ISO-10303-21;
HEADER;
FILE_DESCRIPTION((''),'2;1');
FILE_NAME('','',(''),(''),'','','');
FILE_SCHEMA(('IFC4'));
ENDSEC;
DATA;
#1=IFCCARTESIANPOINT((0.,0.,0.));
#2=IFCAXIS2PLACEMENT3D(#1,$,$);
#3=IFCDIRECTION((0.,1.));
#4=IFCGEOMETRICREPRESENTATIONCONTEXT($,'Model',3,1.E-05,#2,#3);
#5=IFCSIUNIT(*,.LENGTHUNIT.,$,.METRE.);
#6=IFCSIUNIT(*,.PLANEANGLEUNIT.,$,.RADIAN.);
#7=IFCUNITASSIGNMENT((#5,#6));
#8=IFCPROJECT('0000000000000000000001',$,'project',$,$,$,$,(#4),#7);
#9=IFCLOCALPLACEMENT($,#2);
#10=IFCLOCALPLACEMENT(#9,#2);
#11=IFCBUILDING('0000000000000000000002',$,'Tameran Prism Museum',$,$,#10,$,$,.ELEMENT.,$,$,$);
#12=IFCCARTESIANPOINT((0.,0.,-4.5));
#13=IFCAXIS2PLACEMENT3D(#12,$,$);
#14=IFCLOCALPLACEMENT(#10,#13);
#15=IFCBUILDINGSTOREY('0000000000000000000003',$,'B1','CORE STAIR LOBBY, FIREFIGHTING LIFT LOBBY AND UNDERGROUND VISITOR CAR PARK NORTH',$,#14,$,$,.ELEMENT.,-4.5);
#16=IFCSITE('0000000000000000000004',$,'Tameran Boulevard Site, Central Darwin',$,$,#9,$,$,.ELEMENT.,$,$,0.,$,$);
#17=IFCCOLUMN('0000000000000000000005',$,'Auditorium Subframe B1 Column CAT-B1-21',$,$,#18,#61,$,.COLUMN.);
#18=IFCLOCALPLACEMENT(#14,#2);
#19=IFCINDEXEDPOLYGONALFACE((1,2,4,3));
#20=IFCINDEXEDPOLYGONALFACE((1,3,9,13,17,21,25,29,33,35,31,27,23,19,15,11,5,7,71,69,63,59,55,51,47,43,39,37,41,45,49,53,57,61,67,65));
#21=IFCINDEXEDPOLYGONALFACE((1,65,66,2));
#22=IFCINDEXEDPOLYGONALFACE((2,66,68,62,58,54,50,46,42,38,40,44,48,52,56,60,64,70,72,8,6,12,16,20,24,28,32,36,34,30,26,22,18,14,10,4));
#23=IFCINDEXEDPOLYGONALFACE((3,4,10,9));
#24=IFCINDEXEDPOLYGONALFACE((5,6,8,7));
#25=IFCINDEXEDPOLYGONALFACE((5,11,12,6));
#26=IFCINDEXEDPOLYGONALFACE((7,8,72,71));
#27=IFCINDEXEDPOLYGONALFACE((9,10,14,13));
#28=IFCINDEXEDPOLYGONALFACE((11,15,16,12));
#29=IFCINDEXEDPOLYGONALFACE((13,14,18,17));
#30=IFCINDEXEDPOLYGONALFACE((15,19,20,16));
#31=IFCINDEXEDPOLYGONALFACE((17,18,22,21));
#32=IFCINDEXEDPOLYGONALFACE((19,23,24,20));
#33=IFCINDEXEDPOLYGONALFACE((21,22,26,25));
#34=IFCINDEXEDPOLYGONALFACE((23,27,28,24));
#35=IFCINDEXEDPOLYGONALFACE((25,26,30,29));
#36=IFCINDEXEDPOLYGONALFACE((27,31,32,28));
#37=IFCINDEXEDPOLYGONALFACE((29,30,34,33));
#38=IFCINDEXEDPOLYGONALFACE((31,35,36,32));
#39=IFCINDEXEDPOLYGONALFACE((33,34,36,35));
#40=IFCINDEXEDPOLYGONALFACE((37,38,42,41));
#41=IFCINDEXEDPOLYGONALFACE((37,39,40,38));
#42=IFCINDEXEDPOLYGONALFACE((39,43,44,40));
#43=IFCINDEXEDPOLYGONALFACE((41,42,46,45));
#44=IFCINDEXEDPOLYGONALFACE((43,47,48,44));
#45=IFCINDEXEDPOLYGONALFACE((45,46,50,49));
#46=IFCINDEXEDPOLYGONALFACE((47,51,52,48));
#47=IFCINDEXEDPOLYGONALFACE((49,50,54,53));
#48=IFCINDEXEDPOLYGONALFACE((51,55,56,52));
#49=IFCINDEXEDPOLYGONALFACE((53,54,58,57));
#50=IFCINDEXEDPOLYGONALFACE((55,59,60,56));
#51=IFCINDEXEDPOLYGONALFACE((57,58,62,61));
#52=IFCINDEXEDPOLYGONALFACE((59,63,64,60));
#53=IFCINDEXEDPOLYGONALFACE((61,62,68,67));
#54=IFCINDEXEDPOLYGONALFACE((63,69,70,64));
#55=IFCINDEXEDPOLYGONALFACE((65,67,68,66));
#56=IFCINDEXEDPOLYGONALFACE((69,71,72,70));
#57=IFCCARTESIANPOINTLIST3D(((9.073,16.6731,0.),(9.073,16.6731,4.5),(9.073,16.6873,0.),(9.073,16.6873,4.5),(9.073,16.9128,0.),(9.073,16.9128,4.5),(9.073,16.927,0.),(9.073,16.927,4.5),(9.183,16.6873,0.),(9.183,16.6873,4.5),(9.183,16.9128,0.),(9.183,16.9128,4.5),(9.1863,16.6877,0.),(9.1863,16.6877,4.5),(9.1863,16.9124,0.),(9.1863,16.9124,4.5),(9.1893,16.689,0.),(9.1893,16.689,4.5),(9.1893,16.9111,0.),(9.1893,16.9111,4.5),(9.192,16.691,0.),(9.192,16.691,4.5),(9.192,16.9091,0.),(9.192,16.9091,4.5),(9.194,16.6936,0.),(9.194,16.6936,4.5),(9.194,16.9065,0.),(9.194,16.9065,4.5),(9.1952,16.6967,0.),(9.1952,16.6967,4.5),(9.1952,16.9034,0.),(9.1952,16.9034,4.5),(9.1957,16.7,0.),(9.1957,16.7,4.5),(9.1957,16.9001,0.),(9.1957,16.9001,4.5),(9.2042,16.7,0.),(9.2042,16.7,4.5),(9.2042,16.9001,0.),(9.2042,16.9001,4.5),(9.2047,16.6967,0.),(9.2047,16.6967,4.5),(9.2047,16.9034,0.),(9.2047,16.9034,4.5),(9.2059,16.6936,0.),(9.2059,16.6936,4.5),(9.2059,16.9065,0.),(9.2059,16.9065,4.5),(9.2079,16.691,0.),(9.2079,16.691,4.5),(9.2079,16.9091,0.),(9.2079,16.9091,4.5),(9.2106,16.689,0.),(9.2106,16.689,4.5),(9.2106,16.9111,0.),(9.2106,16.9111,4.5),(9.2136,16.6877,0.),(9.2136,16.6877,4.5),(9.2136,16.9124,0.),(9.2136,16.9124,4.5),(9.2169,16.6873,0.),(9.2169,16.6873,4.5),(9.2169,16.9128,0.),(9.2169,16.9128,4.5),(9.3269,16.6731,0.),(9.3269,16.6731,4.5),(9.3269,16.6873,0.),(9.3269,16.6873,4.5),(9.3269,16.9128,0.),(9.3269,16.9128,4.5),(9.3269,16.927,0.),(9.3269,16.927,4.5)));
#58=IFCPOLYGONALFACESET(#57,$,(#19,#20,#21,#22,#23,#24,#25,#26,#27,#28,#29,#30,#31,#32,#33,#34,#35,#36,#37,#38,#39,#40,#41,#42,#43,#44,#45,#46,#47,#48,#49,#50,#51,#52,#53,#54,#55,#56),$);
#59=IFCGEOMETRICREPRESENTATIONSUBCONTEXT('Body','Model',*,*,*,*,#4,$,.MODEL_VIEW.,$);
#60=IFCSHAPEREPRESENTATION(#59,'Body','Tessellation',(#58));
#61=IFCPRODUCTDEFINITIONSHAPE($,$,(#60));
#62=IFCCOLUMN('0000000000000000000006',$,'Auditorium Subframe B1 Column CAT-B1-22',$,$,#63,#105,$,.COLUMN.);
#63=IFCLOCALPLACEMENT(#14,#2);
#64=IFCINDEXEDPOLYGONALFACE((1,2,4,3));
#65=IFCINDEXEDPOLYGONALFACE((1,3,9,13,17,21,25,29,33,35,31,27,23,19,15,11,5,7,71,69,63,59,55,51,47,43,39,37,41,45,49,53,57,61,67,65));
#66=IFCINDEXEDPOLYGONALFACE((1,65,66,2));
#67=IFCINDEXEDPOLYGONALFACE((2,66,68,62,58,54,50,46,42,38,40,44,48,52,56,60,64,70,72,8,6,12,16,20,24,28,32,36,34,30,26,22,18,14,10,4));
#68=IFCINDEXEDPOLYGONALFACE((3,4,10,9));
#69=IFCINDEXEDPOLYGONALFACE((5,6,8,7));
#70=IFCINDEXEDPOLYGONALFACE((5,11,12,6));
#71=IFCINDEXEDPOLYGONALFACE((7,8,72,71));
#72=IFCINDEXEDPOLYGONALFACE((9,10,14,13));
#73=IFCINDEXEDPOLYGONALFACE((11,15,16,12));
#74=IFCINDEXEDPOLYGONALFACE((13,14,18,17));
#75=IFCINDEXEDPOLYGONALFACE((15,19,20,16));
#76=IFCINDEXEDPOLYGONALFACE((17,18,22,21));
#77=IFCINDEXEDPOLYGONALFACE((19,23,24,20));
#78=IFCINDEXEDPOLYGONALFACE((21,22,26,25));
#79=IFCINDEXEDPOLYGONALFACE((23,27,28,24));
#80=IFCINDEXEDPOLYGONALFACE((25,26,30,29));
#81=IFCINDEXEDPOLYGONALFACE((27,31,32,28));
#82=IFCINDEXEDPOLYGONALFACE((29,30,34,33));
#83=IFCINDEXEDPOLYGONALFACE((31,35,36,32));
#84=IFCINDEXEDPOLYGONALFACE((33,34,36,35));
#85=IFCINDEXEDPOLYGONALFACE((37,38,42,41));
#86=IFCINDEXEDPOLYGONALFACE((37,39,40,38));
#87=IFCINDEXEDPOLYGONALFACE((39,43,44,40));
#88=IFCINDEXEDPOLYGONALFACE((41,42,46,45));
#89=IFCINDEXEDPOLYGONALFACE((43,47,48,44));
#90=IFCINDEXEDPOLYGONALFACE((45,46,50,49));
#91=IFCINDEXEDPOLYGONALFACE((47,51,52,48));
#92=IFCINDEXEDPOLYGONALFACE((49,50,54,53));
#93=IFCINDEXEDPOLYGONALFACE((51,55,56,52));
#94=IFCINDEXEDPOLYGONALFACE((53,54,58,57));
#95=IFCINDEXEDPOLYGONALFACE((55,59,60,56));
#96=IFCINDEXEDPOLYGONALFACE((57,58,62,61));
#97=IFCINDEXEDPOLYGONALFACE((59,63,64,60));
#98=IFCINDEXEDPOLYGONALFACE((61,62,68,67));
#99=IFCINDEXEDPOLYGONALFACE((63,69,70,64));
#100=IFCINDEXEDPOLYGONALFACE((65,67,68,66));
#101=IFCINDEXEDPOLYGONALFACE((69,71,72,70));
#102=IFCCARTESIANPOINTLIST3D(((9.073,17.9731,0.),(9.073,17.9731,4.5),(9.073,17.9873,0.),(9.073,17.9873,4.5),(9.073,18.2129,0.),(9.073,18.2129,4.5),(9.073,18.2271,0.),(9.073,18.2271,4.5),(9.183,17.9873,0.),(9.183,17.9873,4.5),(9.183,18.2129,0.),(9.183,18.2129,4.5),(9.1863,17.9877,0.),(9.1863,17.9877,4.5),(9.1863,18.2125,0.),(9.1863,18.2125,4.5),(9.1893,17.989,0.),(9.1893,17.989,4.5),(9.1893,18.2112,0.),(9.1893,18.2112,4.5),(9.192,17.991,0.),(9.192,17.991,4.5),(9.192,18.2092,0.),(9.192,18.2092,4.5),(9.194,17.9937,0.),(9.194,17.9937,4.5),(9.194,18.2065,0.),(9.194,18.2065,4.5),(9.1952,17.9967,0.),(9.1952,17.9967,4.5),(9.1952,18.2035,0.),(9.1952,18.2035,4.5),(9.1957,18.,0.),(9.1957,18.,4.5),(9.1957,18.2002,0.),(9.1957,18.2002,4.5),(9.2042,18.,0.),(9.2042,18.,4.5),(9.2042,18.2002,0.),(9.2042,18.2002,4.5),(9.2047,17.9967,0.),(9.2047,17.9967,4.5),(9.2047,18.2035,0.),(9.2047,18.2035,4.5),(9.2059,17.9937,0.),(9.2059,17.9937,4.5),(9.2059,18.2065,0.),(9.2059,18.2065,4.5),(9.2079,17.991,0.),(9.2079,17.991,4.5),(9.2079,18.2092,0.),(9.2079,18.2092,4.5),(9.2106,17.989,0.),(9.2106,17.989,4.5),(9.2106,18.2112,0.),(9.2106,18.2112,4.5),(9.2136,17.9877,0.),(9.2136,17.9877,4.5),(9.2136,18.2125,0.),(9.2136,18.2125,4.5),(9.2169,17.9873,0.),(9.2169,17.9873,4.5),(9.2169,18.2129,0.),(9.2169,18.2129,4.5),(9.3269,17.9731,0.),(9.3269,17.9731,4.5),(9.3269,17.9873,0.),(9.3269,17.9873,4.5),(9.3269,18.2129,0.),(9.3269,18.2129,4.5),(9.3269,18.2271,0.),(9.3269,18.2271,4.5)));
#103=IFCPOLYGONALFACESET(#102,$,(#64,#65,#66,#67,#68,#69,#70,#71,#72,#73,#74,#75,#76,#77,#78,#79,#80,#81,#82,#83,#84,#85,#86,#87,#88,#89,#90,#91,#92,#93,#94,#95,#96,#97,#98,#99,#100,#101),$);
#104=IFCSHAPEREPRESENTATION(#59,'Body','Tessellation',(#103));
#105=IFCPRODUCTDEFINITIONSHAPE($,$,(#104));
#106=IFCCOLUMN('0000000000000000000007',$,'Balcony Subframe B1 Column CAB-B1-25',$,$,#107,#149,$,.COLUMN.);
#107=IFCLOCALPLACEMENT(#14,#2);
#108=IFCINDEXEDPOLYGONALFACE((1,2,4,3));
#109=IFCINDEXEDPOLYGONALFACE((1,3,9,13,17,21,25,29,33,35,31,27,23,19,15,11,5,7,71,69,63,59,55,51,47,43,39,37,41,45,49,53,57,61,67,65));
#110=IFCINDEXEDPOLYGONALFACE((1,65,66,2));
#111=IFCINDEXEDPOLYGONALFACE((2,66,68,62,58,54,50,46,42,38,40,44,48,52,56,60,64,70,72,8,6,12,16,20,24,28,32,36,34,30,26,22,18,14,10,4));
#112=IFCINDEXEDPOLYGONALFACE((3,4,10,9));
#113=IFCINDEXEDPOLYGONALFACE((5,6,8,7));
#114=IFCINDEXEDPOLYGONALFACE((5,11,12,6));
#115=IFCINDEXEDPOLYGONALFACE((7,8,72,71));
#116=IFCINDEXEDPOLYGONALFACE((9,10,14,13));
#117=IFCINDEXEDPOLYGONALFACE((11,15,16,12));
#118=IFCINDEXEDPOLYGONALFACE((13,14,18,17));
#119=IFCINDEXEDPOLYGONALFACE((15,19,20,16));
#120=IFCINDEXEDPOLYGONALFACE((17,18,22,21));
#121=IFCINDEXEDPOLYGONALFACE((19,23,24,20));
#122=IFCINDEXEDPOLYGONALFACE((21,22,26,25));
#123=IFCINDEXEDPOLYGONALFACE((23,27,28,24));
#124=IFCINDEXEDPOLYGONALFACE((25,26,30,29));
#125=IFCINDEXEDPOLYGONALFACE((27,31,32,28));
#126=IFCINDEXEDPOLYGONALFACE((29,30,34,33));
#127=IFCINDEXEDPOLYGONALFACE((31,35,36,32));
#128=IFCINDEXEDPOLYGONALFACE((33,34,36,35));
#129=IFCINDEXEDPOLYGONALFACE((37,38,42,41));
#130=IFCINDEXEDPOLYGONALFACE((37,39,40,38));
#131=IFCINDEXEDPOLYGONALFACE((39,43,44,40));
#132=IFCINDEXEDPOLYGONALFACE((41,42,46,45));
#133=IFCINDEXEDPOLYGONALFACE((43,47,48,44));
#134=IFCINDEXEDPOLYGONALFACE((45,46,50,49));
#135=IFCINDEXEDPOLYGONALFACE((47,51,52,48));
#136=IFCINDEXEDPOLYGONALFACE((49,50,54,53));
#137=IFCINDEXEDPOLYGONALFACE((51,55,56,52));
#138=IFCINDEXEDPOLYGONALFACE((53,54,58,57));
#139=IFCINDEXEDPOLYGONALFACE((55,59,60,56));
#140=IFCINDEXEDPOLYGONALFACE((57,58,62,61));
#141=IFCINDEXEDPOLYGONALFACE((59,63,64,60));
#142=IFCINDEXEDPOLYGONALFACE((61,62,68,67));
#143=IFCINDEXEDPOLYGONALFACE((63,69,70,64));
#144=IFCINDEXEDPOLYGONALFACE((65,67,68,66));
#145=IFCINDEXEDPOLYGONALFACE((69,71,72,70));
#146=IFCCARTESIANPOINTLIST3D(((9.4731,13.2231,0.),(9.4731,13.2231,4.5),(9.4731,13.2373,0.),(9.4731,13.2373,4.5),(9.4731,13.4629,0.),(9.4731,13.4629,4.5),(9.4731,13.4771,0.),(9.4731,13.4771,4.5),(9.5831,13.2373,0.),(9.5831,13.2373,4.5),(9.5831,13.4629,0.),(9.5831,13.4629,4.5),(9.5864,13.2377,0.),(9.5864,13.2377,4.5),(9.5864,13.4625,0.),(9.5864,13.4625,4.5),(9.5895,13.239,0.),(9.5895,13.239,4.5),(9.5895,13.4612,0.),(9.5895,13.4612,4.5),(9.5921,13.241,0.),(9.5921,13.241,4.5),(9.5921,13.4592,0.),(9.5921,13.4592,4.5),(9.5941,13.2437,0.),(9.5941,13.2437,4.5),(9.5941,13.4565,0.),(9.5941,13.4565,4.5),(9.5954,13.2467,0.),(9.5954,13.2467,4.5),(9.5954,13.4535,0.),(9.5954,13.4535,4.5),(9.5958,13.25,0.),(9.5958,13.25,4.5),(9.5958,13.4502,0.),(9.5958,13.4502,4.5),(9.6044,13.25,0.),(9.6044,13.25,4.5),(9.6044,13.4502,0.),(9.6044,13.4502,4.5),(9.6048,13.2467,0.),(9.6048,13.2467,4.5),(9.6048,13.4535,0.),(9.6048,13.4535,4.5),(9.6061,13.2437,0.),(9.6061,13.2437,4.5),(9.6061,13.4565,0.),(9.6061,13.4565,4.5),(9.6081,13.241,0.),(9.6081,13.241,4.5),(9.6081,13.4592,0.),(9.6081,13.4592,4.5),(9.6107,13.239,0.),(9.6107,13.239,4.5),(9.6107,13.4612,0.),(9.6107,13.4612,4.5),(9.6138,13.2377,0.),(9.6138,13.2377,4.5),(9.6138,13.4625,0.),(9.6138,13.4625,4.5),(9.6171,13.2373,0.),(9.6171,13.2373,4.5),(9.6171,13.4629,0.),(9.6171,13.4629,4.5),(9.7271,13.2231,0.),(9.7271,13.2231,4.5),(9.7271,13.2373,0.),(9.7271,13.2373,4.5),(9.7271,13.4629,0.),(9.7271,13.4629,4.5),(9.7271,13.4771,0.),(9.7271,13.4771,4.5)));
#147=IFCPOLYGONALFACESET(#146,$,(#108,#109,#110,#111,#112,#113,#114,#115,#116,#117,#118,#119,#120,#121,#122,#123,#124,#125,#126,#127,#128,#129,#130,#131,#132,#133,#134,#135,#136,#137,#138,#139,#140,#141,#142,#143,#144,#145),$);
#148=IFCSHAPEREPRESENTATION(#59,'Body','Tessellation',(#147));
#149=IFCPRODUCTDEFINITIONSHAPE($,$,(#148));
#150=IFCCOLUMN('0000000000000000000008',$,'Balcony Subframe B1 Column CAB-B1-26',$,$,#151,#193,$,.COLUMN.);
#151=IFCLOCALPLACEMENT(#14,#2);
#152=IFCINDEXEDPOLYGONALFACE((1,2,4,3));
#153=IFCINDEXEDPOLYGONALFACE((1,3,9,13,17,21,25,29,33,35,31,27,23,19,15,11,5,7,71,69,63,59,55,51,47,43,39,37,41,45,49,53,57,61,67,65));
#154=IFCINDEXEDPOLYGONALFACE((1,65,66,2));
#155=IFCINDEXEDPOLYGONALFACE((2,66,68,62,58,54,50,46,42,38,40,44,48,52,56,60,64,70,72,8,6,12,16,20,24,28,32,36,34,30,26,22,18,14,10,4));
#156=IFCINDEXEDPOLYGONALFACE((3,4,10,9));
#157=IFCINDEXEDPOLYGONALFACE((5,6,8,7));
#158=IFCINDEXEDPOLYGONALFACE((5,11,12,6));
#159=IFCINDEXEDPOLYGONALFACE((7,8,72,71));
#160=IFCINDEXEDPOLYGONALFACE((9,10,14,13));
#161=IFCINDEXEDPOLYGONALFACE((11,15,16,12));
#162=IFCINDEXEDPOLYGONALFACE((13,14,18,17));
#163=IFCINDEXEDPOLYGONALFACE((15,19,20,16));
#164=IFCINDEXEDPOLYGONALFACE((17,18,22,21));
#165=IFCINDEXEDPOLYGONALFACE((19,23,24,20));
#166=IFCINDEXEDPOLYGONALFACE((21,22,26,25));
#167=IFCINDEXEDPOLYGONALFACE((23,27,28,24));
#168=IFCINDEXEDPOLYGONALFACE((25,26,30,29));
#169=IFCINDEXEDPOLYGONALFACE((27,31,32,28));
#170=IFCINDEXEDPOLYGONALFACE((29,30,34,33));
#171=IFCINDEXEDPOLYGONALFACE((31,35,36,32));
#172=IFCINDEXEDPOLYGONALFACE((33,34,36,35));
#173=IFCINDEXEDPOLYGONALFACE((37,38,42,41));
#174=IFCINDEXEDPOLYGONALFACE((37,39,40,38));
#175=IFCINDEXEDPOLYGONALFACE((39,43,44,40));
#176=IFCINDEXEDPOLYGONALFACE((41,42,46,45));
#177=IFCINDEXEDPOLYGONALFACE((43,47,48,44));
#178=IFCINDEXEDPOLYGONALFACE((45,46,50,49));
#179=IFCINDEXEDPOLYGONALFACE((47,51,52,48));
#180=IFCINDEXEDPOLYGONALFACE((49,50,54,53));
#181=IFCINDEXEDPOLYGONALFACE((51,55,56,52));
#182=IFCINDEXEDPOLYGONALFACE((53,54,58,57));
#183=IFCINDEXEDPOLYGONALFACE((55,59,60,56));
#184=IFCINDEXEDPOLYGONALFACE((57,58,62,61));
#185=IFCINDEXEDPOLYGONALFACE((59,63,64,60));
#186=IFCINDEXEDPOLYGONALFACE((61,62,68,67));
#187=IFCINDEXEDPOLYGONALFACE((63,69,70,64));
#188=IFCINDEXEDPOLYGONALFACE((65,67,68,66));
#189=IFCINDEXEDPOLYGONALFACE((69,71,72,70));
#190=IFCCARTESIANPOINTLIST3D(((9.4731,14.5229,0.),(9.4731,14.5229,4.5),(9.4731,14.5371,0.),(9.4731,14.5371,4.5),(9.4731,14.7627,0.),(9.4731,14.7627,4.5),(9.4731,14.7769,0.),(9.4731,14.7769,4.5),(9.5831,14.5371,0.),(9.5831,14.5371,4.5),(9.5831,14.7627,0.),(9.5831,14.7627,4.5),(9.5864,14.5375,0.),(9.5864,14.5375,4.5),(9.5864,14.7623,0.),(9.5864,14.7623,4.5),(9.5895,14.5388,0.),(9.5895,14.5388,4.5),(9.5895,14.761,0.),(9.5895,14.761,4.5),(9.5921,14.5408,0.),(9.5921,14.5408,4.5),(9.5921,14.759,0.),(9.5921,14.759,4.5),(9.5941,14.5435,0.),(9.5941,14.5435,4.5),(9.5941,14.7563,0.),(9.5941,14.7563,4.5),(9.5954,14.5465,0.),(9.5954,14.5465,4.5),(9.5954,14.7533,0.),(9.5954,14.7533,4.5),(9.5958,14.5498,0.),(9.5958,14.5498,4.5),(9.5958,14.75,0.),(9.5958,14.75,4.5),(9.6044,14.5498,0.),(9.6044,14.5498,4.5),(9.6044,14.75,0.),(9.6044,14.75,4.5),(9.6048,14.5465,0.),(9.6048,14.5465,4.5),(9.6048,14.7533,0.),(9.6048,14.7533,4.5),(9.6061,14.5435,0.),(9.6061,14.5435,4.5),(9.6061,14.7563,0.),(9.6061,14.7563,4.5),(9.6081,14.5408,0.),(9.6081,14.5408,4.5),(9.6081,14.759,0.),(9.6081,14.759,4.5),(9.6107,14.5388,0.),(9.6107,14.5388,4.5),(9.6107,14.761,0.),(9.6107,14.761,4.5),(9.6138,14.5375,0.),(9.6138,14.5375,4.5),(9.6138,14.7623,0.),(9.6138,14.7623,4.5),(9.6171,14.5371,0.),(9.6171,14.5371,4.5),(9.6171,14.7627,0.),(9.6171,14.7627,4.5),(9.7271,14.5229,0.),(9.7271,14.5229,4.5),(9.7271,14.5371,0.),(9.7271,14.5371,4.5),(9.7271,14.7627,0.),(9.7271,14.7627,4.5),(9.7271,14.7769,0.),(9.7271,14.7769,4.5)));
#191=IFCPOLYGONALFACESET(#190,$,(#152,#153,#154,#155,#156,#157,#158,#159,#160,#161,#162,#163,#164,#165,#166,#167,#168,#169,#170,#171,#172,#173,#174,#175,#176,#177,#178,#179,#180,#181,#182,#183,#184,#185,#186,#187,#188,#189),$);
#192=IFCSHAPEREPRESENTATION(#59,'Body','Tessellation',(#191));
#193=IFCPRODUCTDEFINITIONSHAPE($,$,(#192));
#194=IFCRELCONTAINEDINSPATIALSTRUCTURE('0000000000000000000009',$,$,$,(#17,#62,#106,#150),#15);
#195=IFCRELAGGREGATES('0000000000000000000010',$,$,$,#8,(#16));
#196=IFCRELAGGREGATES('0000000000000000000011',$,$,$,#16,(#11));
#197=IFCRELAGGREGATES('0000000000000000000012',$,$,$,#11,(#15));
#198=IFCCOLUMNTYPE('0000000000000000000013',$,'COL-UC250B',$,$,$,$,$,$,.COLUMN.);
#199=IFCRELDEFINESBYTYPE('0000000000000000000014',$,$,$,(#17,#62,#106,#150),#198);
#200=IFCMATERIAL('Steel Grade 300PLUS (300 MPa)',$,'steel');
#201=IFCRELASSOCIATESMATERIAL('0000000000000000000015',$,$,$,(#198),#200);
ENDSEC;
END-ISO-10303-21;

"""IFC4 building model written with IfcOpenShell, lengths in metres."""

from ifc_helpers import new_model, si_unit, direction, frame, origin, origin_2d, place, context, subcontext, project, spatial, i_section, extrude, material, material_profile, profile_set, type_object, element, save


model = new_model("IFC4")

# Units and contexts
model_context = context("Model", 3, precision=1e-05, world=origin(), true_north=direction((0.0, 1.0)))
body_context = subcontext(model_context, "Body", "Model", "MODEL_VIEW")
ifc_project = project(units=[si_unit("LENGTHUNIT", "METRE"), si_unit("PLANEANGLEUNIT", "RADIAN")], contexts=[model_context])

# Site, building, storey
site_placement = place(None, origin())
site = spatial("IfcSite", under=ifc_project, at=site_placement, Name="Tameran Boulevard Site, Central Darwin", CompositionType="ELEMENT", RefElevation=0.0)
building_placement = place(site_placement, origin())
building = spatial("IfcBuilding", under=site, at=building_placement, Name="Tameran Prism Museum", CompositionType="ELEMENT")
storey_placement = place(building_placement, frame((0.0, 0.0, -4.5)))
storey = spatial("IfcBuildingStorey", under=building, at=storey_placement, Name="B1", Description="CORE STAIR LOBBY, FIREFIGHTING LIFT LOBBY AND UNDERGROUND VISITOR CAR PARK NORTH", CompositionType="ELEMENT", Elevation=-4.5)

# Columns
ifc_material_1 = material(Name="Steel Grade 300PLUS (300 MPa)", Category="steel")
ifc_material_profile_1 = material_profile(ifc_material_1, i_section(OverallWidth=0.2539, OverallDepth=0.2539, WebThickness=0.0085, FlangeThickness=0.0142, FilletRadius=0.0127, at=origin_2d()))
ifc_profile_set_1 = profile_set([ifc_material_profile_1])
column_type_1 = type_object("IfcColumnType", Name="COL-UC250B", PredefinedType="COLUMN", material=ifc_profile_set_1)
for number, where, z_axis, x_axis, name in (
    (1, (9.2, 16.8, 0.0), (0.0, 0.0, 1.0), (1.0, 0.0, 0.0), "Auditorium Subframe B1 Column CAT-B1-21"),
    (2, (9.2, 18.1001, 0.0), (0.0, 0.0, 1.0), (1.0, 0.0, 0.0), "Auditorium Subframe B1 Column CAT-B1-22"),
    (3, (9.6001, 13.3501, 0.0), (0.0, 0.0, 1.0), (1.0, 0.0, 0.0), "Balcony Subframe B1 Column CAB-B1-25"),
    (4, (9.6001, 14.6499, 0.0), (0.0, 0.0, 1.0), (1.0, 0.0, 0.0), "Balcony Subframe B1 Column CAB-B1-26"),
):
    element("IfcColumn", number, at=place(storey_placement, frame(where, z_axis=z_axis, x_axis=x_axis)), inside=storey, type_object=column_type_1, Name=name, PredefinedType="COLUMN", context=body_context, shape_type="SweptSolid", body=[
        extrude(i_section(OverallWidth=0.2539, OverallDepth=0.2539, WebThickness=0.0085, FlangeThickness=0.0142, FilletRadius=0.0127, at=origin_2d()), origin(), (0.0, 0.0, 1.0), 4.5),
    ])

save(model, "model.ifc")
